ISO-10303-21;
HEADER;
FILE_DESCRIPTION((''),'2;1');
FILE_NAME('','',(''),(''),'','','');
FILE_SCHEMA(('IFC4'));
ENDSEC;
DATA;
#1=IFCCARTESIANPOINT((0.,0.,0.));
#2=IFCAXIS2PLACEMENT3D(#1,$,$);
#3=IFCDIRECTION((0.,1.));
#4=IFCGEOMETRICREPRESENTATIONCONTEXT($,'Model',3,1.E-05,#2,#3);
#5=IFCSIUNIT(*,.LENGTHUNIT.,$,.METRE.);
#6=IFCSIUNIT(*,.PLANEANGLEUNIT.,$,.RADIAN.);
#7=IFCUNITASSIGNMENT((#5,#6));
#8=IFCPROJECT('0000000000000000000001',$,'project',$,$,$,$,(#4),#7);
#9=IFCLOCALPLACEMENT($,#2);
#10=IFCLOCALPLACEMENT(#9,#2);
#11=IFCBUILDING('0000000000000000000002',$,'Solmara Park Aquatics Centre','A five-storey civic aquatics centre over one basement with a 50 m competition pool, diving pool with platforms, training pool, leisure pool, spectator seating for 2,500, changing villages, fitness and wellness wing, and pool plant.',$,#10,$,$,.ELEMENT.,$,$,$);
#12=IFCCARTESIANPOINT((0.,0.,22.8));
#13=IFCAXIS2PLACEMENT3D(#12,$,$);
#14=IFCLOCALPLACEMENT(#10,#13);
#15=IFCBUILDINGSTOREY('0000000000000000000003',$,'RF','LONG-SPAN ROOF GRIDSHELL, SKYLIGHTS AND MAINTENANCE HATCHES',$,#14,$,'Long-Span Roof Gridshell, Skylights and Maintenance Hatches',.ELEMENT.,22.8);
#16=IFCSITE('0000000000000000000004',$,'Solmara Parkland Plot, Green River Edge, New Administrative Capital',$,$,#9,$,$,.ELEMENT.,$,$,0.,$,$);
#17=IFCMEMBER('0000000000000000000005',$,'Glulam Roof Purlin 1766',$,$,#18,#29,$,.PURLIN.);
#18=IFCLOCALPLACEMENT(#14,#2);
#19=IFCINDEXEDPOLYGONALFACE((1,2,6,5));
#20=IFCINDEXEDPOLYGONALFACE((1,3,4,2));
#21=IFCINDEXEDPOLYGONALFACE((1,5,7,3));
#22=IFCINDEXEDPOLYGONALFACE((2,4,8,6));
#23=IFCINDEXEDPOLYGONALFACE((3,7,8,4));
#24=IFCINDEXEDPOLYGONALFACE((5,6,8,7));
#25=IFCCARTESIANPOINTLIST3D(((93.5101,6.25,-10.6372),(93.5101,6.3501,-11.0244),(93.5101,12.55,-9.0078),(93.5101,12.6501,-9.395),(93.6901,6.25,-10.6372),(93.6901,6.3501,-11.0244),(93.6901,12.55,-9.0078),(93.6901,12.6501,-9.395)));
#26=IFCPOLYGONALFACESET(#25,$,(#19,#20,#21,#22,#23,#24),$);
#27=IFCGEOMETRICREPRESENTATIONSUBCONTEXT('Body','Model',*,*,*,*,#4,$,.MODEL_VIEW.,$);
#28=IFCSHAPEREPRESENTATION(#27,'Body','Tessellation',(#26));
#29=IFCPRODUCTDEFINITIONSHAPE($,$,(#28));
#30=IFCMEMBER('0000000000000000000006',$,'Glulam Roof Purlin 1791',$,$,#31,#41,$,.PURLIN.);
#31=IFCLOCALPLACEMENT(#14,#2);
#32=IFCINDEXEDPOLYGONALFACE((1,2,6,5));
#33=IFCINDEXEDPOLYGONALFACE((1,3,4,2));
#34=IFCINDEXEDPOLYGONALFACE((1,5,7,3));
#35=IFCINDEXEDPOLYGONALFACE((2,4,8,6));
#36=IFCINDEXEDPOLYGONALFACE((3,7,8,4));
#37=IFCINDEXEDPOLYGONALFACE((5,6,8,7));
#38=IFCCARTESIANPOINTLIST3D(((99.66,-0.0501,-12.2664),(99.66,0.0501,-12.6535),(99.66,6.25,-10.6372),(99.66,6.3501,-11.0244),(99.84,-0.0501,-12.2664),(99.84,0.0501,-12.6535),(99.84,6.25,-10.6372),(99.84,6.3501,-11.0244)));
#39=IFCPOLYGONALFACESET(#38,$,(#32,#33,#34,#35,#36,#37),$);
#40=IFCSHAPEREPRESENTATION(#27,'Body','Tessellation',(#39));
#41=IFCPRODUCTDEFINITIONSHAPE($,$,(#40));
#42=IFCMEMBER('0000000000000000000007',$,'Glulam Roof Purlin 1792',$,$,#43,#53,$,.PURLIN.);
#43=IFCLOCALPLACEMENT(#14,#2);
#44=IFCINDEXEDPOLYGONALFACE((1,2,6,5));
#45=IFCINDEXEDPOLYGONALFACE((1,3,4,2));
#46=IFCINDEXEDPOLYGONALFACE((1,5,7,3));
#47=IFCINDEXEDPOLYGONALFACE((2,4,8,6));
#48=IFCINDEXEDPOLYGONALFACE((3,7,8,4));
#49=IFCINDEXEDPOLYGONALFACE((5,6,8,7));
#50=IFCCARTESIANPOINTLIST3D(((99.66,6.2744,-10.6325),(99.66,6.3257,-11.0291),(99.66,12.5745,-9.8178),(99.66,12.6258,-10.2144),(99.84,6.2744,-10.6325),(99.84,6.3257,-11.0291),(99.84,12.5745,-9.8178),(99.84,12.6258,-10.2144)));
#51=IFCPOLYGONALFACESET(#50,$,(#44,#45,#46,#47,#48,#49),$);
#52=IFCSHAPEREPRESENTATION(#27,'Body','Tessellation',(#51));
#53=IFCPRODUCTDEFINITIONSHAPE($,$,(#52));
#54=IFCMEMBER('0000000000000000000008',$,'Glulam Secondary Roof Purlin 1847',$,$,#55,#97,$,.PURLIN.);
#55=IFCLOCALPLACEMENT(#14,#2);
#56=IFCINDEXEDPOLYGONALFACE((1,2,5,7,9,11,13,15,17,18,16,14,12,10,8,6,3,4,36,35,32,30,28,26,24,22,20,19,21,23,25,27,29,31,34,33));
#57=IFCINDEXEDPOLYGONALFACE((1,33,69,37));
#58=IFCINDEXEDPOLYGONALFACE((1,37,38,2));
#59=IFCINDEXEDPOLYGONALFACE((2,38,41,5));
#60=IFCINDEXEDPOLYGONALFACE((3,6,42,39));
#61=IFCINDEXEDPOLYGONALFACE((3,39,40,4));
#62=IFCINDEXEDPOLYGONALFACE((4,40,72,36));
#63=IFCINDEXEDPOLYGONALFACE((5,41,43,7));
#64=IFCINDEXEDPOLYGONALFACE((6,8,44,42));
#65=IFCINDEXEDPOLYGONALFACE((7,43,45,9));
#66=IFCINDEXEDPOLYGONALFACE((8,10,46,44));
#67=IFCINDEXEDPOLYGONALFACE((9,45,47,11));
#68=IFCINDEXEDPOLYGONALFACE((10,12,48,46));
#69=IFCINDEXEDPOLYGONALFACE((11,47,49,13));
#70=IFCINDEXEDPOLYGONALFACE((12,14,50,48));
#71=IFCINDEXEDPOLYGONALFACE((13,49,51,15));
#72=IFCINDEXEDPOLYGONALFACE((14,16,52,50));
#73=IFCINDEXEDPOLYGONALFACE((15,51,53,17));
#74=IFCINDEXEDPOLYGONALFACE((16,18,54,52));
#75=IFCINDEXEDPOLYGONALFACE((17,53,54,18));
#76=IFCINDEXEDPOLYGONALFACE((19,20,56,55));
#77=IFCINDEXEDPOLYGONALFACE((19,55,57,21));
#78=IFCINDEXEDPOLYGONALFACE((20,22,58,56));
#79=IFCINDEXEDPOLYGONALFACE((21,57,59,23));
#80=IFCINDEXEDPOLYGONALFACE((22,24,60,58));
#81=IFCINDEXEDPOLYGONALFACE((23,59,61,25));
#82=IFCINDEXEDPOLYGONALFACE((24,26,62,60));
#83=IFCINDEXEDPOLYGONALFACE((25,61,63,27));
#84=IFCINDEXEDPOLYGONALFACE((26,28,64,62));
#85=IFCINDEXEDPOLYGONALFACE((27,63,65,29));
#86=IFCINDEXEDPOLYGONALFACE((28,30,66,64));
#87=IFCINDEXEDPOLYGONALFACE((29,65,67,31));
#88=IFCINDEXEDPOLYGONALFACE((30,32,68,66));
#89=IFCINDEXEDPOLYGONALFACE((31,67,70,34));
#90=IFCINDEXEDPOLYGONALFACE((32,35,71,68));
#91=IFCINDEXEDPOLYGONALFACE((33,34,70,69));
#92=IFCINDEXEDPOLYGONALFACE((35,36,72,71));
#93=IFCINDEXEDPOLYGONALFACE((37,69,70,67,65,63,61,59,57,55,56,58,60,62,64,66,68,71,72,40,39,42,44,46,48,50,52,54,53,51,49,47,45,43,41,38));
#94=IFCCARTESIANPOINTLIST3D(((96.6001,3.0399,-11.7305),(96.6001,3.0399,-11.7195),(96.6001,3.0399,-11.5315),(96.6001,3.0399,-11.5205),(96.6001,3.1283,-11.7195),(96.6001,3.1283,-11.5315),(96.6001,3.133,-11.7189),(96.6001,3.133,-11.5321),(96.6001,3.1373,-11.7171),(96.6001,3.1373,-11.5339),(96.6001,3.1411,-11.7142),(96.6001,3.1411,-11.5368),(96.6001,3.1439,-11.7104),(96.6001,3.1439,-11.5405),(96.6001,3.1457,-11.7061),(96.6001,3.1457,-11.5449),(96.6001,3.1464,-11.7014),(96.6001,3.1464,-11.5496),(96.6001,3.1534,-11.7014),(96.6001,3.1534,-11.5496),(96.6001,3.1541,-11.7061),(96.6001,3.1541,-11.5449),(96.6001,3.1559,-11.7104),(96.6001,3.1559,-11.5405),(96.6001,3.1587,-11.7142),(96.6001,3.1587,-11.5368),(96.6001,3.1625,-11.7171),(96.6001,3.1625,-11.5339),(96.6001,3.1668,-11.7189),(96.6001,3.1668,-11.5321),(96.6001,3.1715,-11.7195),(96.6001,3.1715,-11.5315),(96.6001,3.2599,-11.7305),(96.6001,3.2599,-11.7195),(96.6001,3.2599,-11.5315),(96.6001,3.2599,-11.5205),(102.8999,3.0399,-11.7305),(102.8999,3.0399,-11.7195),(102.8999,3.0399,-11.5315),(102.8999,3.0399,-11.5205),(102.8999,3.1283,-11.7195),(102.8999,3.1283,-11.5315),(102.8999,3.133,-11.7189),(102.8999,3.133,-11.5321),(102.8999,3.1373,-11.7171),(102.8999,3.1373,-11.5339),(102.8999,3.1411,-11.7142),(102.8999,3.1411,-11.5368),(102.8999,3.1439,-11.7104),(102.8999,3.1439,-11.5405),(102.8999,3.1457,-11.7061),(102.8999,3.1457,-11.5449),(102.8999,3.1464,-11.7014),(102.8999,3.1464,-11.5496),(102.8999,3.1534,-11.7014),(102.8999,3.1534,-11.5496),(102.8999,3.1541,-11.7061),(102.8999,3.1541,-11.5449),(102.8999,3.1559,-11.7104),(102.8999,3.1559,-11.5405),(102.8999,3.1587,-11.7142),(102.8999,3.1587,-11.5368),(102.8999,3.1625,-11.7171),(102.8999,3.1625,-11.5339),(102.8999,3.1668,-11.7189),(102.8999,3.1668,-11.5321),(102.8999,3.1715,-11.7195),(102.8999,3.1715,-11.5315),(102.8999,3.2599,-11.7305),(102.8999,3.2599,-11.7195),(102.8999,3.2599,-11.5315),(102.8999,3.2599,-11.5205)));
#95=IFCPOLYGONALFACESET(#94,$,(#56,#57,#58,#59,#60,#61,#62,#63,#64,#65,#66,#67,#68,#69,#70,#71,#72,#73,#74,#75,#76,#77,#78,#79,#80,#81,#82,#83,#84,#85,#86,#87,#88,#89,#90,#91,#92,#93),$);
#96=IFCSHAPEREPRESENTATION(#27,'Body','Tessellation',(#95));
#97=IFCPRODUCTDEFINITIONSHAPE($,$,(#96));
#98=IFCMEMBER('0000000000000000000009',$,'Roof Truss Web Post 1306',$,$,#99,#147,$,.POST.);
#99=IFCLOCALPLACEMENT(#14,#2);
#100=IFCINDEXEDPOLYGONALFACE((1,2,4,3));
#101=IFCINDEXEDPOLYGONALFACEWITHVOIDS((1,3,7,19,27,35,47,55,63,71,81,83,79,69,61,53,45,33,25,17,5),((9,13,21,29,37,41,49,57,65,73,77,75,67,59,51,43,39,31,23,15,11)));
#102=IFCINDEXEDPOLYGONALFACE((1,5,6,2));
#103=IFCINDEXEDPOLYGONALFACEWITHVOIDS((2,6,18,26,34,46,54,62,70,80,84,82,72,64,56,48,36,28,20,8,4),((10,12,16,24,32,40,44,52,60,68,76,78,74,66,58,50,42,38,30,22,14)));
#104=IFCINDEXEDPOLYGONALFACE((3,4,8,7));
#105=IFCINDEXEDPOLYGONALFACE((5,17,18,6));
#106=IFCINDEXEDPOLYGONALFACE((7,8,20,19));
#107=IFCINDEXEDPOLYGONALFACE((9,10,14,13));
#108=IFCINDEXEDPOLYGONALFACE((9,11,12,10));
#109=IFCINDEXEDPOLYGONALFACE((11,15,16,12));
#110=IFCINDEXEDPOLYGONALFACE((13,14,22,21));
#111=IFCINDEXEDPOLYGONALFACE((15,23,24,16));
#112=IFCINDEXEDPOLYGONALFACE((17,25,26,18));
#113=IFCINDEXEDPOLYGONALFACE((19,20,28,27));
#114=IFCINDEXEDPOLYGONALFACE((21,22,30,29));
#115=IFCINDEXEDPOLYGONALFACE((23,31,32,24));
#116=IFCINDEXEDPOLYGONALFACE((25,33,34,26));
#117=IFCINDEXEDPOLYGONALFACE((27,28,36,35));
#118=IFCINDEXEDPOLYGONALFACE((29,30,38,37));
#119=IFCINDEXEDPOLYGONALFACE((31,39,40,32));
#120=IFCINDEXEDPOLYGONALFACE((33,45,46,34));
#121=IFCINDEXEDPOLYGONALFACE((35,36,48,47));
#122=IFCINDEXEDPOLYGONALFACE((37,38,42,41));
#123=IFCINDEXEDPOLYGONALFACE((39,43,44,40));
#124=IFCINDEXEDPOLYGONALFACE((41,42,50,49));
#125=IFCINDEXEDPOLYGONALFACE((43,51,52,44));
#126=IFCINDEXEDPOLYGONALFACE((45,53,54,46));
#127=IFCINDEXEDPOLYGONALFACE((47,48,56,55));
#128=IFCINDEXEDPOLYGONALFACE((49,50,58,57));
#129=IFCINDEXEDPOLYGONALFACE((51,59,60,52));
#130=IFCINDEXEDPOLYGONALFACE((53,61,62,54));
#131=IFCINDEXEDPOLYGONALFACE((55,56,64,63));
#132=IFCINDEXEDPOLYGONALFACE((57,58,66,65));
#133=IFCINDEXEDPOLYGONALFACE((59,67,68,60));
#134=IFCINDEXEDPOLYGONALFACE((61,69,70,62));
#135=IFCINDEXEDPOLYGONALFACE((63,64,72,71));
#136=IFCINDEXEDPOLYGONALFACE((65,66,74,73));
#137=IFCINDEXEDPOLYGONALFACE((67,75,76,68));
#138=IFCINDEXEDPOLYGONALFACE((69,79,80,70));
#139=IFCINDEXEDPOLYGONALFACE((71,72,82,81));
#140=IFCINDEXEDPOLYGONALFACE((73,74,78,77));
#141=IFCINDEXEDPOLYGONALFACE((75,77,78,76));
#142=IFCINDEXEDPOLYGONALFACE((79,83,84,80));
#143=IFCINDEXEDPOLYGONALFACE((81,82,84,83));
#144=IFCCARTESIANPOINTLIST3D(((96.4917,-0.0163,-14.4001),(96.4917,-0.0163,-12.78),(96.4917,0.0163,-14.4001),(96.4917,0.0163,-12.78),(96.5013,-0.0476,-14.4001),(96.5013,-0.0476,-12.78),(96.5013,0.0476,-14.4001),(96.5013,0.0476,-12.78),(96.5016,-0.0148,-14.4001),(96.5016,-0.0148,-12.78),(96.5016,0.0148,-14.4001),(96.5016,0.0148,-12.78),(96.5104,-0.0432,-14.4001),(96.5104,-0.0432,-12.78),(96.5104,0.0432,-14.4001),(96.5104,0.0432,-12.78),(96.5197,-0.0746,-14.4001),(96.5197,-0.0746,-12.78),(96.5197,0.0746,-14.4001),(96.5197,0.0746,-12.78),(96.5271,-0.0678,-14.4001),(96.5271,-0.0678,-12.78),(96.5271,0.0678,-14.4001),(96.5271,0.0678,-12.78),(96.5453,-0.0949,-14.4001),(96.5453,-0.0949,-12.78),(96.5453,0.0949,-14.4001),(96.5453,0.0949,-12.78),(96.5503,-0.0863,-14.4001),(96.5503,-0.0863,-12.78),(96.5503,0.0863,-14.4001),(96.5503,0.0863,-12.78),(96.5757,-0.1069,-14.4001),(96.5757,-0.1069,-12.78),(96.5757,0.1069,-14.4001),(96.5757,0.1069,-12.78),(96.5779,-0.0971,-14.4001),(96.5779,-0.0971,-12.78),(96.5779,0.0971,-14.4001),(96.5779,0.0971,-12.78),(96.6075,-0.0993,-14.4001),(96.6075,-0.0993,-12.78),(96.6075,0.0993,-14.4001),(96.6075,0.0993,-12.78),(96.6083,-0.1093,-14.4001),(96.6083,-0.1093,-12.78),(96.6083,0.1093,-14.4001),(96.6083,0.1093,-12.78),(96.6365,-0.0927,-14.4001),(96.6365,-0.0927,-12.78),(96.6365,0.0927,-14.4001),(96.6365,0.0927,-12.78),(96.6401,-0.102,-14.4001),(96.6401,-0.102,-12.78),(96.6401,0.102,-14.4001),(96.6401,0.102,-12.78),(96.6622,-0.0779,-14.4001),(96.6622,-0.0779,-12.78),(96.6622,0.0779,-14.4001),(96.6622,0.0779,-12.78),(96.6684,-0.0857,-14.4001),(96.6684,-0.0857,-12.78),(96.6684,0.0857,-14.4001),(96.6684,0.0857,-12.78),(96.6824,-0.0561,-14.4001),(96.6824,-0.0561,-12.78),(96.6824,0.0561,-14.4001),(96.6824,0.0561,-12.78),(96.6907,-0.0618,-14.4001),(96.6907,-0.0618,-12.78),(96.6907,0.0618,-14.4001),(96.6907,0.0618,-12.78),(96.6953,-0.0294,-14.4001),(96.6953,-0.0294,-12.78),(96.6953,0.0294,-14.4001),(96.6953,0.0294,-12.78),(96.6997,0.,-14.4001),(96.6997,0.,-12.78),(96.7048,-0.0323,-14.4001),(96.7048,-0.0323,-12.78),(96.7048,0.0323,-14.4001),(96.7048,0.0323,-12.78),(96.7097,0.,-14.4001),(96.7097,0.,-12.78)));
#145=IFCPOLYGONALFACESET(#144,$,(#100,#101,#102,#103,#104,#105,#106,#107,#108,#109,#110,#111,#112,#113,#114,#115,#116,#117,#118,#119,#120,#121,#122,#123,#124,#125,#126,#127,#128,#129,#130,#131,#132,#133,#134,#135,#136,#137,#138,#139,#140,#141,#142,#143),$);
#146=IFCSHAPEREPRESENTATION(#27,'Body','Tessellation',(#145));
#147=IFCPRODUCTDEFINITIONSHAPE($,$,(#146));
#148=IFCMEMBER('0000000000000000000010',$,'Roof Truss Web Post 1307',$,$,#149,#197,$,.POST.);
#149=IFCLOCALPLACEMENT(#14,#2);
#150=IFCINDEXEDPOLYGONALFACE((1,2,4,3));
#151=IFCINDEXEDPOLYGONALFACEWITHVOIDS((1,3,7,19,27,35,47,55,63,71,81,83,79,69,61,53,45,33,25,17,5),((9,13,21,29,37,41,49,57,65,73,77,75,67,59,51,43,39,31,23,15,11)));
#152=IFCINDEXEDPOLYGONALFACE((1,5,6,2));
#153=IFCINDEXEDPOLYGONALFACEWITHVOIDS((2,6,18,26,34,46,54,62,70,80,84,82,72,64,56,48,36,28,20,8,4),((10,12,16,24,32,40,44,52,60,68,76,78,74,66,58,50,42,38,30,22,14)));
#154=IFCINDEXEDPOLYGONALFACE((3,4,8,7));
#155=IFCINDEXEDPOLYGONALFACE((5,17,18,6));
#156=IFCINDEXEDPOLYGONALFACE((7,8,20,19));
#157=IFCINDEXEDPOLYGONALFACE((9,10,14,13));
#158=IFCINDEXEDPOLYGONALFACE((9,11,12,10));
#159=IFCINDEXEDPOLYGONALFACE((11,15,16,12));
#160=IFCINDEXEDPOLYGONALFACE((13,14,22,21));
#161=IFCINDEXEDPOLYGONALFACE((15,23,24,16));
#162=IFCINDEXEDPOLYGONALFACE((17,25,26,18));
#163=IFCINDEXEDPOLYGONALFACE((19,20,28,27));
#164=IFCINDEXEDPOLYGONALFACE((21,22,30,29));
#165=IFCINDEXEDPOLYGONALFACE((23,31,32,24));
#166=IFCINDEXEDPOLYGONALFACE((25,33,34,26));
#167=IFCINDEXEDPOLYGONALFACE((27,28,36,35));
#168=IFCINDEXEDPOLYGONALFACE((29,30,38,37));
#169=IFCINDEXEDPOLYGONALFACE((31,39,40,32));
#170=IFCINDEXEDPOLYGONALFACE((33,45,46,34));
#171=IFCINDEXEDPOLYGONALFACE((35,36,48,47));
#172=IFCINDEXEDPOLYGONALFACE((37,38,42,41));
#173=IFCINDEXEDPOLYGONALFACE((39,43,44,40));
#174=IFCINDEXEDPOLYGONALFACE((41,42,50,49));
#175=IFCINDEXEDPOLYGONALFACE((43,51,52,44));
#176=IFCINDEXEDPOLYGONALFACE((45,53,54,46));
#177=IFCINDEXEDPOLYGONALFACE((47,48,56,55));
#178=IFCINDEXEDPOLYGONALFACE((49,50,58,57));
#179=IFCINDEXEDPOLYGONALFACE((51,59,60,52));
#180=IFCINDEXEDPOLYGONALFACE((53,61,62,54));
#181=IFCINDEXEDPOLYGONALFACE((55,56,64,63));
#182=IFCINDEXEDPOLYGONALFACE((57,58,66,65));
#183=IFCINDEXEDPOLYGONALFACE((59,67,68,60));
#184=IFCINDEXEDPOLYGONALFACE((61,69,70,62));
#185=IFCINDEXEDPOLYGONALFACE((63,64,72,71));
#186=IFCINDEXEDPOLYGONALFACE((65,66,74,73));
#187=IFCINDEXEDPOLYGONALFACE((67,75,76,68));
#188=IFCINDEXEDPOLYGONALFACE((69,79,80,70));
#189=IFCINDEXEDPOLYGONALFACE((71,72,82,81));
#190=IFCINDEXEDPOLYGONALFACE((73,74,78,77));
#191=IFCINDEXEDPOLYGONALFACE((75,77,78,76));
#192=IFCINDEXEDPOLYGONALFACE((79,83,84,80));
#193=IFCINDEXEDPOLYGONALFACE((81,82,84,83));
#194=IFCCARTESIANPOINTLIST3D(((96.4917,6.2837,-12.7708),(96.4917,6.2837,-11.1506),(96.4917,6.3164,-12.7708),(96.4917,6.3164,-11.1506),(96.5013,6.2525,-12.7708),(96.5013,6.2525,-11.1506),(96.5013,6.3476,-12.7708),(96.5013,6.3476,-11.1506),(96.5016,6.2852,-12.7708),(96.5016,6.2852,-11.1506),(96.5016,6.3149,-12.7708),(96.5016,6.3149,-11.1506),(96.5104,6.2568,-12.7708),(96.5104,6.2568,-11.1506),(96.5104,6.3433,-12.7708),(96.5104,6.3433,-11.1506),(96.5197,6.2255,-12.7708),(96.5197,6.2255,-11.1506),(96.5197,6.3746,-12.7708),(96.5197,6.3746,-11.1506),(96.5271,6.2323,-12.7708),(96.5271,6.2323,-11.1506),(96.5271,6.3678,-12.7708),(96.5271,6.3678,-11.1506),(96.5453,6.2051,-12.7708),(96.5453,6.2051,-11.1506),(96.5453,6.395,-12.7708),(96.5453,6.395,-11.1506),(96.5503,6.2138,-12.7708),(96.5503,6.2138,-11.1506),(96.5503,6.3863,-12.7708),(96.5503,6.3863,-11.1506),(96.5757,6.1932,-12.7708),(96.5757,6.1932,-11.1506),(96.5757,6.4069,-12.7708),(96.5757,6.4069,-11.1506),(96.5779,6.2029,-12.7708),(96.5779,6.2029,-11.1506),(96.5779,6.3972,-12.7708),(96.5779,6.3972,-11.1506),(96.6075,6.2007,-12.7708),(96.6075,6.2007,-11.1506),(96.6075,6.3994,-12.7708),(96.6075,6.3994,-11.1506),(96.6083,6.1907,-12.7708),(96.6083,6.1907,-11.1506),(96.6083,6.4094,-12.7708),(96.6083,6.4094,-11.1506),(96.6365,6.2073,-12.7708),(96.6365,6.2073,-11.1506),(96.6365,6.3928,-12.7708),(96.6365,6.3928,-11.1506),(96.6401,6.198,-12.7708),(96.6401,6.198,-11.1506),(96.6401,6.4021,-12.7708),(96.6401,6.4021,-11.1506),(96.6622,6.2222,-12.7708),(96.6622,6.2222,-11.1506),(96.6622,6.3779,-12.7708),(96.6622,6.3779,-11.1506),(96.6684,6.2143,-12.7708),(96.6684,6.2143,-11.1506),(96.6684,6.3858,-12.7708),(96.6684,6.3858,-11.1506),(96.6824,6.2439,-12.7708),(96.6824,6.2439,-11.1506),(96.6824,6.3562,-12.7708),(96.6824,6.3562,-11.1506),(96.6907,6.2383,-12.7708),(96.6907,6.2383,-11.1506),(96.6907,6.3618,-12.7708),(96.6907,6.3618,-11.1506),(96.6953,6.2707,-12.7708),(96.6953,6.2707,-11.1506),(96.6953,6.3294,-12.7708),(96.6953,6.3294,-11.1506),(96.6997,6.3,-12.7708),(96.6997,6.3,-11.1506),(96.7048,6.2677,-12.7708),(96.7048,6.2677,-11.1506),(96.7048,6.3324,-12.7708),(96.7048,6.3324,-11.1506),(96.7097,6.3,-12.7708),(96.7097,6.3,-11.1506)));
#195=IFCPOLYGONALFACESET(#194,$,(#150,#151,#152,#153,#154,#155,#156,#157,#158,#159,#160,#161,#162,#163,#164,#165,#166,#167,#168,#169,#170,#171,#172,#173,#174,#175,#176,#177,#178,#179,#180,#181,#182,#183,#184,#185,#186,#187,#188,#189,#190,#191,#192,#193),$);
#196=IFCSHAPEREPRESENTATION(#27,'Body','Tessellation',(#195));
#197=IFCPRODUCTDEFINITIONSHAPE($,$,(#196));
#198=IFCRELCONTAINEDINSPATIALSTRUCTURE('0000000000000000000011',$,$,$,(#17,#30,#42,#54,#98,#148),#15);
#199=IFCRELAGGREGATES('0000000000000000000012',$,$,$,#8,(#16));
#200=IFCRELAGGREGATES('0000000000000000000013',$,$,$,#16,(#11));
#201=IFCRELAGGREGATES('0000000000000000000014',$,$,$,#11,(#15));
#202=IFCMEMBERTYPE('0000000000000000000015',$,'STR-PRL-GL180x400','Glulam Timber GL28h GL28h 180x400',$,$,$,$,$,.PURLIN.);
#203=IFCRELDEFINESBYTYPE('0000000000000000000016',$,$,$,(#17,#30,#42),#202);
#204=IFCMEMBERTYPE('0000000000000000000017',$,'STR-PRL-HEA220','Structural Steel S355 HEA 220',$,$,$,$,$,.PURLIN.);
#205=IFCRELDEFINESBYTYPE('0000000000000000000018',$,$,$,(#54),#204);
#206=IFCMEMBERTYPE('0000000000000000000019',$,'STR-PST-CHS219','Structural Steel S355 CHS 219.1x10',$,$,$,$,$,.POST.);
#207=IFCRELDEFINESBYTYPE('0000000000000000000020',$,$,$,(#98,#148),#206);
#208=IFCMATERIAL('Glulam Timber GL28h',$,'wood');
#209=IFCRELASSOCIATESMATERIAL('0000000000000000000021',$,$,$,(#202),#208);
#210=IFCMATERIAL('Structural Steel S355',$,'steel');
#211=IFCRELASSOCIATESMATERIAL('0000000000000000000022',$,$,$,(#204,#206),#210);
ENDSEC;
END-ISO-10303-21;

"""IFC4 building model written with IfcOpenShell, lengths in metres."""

from ifc_helpers import new_model, si_unit, direction, frame, origin, origin_2d, place, context, subcontext, project, spatial, rectangle, hollow_circle, i_section, extrude, material, material_profile, profile_set, type_object, element, save


model = new_model("IFC4")

# Units and contexts
model_context = context("Model", 3, precision=1e-05, world=origin(), true_north=direction((0.0, 1.0)))
body_context = subcontext(model_context, "Body", "Model", "MODEL_VIEW")
ifc_project = project(units=[si_unit("LENGTHUNIT", "METRE"), si_unit("PLANEANGLEUNIT", "RADIAN")], contexts=[model_context])

# Site, building, storey
site_placement = place(None, origin())
site = spatial("IfcSite", under=ifc_project, at=site_placement, Name="Solmara Parkland Plot, Green River Edge, New Administrative Capital", CompositionType="ELEMENT", RefElevation=0.0)
building_placement = place(site_placement, origin())
building = spatial("IfcBuilding", under=site, at=building_placement, Name="Solmara Park Aquatics Centre", Description="A five-storey civic aquatics centre over one basement with a 50 m competition pool, diving pool with platforms, training pool, leisure pool, spectator seating for 2,500, changing villages, fitness and wellness wing, and pool plant.", CompositionType="ELEMENT")
storey_placement = place(building_placement, frame((0.0, 0.0, 22.8)))
storey = spatial("IfcBuildingStorey", under=building, at=storey_placement, Name="RF", Description="LONG-SPAN ROOF GRIDSHELL, SKYLIGHTS AND MAINTENANCE HATCHES", LongName="Long-Span Roof Gridshell, Skylights and Maintenance Hatches", CompositionType="ELEMENT", Elevation=22.8)

# Members
ifc_material_1 = material(Name="Structural Steel S355", Category="steel")
ifc_material_2 = material(Name="Glulam Timber GL28h", Category="wood")
ifc_material_profile_1 = material_profile(ifc_material_2, rectangle(XDim=0.1799, YDim=0.3999, at=origin_2d()), Name="GL28h 180x400")
ifc_profile_set_1 = profile_set([ifc_material_profile_1], Name="Glulam Timber GL28h")
member_type_1 = type_object("IfcMemberType", Name="STR-PRL-GL180x400", Description="Glulam Timber GL28h GL28h 180x400", PredefinedType="PURLIN", material=ifc_profile_set_1)
for number, where, z_axis, x_axis, name in (
    (1, (93.6001, 6.3, -10.8308), (0.0, 0.968144, 0.250393), (-1.0, 0.0, 0.0), "Glulam Roof Purlin 1766"),
    (2, (99.75, 0.0, -12.46), (0.0, 0.968153, 0.250358), (-1.0, 0.0, 0.0), "Glulam Roof Purlin 1791"),
):
    element("IfcMember", number, at=place(storey_placement, frame(where, z_axis=z_axis, x_axis=x_axis)), inside=storey, type_object=member_type_1, Name=name, PredefinedType="PURLIN", context=body_context, shape_type="SweptSolid", body=[
        extrude(rectangle(XDim=0.1799, YDim=0.3999, at=origin_2d()), origin(), (0.0, 0.0, 1.0), 6.5073),
    ])
member_1_placement = place(storey_placement, frame((99.75, 6.3, -10.8308), z_axis=(0.0, 0.991742, 0.128248), x_axis=(-1.0, 0.0, 0.0)))
element("IfcMember", 3, at=member_1_placement, inside=storey, type_object=member_type_1, Name="Glulam Roof Purlin 1792", PredefinedType="PURLIN", context=body_context, shape_type="SweptSolid", body=[
    extrude(rectangle(XDim=0.1799, YDim=0.3999, at=origin_2d()), origin(), (0.0, 0.0, 1.0), 6.3525),
])
ifc_material_profile_2 = material_profile(ifc_material_1, i_section(OverallWidth=0.22, OverallDepth=0.21, WebThickness=0.0071, FlangeThickness=0.011, FilletRadius=0.0181, at=origin_2d()), Name="HEA 220")
ifc_profile_set_2 = profile_set([ifc_material_profile_2], Name="Structural Steel S355")
member_type_2 = type_object("IfcMemberType", Name="STR-PRL-HEA220", Description="Structural Steel S355 HEA 220", PredefinedType="PURLIN", material=ifc_profile_set_2)
member_2_placement = place(storey_placement, frame((96.6001, 3.1499, -11.6255), z_axis=(1.0, 0.0, 0.0), x_axis=(0.0, 1.0, 0.0)))
element("IfcMember", 4, at=member_2_placement, inside=storey, type_object=member_type_2, Name="Glulam Secondary Roof Purlin 1847", PredefinedType="PURLIN", context=body_context, shape_type="SweptSolid", body=[
    extrude(i_section(OverallWidth=0.22, OverallDepth=0.21, WebThickness=0.0071, FlangeThickness=0.011, FilletRadius=0.0181, at=origin_2d()), origin(), (0.0, 0.0, 1.0), 6.2998),
])
ifc_material_profile_3 = material_profile(ifc_material_1, hollow_circle(Radius=0.1096, WallThickness=0.01, at=origin_2d()), Name="CHS 219.1x10")
ifc_profile_set_3 = profile_set([ifc_material_profile_3], Name="Structural Steel S355")
member_type_3 = type_object("IfcMemberType", Name="STR-PST-CHS219", Description="Structural Steel S355 CHS 219.1x10", PredefinedType="POST", material=ifc_profile_set_3)
for number, where, z_axis, x_axis, name in (
    (5, (96.6001, 0.0, -14.4001), (0.0, 0.0, 1.0), (1.0, 0.0, 0.0), "Roof Truss Web Post 1306"),
    (6, (96.6001, 6.3, -12.7708), (0.0, 0.0, 1.0), (1.0, 0.0, 0.0), "Roof Truss Web Post 1307"),
):
    element("IfcMember", number, at=place(storey_placement, frame(where, z_axis=z_axis, x_axis=x_axis)), inside=storey, type_object=member_type_3, Name=name, PredefinedType="POST", context=body_context, shape_type="SweptSolid", body=[
        extrude(hollow_circle(Radius=0.1096, WallThickness=0.01, at=origin_2d()), origin(), (0.0, 0.0, 1.0), 1.6201),
    ])

save(model, "model.ifc")
